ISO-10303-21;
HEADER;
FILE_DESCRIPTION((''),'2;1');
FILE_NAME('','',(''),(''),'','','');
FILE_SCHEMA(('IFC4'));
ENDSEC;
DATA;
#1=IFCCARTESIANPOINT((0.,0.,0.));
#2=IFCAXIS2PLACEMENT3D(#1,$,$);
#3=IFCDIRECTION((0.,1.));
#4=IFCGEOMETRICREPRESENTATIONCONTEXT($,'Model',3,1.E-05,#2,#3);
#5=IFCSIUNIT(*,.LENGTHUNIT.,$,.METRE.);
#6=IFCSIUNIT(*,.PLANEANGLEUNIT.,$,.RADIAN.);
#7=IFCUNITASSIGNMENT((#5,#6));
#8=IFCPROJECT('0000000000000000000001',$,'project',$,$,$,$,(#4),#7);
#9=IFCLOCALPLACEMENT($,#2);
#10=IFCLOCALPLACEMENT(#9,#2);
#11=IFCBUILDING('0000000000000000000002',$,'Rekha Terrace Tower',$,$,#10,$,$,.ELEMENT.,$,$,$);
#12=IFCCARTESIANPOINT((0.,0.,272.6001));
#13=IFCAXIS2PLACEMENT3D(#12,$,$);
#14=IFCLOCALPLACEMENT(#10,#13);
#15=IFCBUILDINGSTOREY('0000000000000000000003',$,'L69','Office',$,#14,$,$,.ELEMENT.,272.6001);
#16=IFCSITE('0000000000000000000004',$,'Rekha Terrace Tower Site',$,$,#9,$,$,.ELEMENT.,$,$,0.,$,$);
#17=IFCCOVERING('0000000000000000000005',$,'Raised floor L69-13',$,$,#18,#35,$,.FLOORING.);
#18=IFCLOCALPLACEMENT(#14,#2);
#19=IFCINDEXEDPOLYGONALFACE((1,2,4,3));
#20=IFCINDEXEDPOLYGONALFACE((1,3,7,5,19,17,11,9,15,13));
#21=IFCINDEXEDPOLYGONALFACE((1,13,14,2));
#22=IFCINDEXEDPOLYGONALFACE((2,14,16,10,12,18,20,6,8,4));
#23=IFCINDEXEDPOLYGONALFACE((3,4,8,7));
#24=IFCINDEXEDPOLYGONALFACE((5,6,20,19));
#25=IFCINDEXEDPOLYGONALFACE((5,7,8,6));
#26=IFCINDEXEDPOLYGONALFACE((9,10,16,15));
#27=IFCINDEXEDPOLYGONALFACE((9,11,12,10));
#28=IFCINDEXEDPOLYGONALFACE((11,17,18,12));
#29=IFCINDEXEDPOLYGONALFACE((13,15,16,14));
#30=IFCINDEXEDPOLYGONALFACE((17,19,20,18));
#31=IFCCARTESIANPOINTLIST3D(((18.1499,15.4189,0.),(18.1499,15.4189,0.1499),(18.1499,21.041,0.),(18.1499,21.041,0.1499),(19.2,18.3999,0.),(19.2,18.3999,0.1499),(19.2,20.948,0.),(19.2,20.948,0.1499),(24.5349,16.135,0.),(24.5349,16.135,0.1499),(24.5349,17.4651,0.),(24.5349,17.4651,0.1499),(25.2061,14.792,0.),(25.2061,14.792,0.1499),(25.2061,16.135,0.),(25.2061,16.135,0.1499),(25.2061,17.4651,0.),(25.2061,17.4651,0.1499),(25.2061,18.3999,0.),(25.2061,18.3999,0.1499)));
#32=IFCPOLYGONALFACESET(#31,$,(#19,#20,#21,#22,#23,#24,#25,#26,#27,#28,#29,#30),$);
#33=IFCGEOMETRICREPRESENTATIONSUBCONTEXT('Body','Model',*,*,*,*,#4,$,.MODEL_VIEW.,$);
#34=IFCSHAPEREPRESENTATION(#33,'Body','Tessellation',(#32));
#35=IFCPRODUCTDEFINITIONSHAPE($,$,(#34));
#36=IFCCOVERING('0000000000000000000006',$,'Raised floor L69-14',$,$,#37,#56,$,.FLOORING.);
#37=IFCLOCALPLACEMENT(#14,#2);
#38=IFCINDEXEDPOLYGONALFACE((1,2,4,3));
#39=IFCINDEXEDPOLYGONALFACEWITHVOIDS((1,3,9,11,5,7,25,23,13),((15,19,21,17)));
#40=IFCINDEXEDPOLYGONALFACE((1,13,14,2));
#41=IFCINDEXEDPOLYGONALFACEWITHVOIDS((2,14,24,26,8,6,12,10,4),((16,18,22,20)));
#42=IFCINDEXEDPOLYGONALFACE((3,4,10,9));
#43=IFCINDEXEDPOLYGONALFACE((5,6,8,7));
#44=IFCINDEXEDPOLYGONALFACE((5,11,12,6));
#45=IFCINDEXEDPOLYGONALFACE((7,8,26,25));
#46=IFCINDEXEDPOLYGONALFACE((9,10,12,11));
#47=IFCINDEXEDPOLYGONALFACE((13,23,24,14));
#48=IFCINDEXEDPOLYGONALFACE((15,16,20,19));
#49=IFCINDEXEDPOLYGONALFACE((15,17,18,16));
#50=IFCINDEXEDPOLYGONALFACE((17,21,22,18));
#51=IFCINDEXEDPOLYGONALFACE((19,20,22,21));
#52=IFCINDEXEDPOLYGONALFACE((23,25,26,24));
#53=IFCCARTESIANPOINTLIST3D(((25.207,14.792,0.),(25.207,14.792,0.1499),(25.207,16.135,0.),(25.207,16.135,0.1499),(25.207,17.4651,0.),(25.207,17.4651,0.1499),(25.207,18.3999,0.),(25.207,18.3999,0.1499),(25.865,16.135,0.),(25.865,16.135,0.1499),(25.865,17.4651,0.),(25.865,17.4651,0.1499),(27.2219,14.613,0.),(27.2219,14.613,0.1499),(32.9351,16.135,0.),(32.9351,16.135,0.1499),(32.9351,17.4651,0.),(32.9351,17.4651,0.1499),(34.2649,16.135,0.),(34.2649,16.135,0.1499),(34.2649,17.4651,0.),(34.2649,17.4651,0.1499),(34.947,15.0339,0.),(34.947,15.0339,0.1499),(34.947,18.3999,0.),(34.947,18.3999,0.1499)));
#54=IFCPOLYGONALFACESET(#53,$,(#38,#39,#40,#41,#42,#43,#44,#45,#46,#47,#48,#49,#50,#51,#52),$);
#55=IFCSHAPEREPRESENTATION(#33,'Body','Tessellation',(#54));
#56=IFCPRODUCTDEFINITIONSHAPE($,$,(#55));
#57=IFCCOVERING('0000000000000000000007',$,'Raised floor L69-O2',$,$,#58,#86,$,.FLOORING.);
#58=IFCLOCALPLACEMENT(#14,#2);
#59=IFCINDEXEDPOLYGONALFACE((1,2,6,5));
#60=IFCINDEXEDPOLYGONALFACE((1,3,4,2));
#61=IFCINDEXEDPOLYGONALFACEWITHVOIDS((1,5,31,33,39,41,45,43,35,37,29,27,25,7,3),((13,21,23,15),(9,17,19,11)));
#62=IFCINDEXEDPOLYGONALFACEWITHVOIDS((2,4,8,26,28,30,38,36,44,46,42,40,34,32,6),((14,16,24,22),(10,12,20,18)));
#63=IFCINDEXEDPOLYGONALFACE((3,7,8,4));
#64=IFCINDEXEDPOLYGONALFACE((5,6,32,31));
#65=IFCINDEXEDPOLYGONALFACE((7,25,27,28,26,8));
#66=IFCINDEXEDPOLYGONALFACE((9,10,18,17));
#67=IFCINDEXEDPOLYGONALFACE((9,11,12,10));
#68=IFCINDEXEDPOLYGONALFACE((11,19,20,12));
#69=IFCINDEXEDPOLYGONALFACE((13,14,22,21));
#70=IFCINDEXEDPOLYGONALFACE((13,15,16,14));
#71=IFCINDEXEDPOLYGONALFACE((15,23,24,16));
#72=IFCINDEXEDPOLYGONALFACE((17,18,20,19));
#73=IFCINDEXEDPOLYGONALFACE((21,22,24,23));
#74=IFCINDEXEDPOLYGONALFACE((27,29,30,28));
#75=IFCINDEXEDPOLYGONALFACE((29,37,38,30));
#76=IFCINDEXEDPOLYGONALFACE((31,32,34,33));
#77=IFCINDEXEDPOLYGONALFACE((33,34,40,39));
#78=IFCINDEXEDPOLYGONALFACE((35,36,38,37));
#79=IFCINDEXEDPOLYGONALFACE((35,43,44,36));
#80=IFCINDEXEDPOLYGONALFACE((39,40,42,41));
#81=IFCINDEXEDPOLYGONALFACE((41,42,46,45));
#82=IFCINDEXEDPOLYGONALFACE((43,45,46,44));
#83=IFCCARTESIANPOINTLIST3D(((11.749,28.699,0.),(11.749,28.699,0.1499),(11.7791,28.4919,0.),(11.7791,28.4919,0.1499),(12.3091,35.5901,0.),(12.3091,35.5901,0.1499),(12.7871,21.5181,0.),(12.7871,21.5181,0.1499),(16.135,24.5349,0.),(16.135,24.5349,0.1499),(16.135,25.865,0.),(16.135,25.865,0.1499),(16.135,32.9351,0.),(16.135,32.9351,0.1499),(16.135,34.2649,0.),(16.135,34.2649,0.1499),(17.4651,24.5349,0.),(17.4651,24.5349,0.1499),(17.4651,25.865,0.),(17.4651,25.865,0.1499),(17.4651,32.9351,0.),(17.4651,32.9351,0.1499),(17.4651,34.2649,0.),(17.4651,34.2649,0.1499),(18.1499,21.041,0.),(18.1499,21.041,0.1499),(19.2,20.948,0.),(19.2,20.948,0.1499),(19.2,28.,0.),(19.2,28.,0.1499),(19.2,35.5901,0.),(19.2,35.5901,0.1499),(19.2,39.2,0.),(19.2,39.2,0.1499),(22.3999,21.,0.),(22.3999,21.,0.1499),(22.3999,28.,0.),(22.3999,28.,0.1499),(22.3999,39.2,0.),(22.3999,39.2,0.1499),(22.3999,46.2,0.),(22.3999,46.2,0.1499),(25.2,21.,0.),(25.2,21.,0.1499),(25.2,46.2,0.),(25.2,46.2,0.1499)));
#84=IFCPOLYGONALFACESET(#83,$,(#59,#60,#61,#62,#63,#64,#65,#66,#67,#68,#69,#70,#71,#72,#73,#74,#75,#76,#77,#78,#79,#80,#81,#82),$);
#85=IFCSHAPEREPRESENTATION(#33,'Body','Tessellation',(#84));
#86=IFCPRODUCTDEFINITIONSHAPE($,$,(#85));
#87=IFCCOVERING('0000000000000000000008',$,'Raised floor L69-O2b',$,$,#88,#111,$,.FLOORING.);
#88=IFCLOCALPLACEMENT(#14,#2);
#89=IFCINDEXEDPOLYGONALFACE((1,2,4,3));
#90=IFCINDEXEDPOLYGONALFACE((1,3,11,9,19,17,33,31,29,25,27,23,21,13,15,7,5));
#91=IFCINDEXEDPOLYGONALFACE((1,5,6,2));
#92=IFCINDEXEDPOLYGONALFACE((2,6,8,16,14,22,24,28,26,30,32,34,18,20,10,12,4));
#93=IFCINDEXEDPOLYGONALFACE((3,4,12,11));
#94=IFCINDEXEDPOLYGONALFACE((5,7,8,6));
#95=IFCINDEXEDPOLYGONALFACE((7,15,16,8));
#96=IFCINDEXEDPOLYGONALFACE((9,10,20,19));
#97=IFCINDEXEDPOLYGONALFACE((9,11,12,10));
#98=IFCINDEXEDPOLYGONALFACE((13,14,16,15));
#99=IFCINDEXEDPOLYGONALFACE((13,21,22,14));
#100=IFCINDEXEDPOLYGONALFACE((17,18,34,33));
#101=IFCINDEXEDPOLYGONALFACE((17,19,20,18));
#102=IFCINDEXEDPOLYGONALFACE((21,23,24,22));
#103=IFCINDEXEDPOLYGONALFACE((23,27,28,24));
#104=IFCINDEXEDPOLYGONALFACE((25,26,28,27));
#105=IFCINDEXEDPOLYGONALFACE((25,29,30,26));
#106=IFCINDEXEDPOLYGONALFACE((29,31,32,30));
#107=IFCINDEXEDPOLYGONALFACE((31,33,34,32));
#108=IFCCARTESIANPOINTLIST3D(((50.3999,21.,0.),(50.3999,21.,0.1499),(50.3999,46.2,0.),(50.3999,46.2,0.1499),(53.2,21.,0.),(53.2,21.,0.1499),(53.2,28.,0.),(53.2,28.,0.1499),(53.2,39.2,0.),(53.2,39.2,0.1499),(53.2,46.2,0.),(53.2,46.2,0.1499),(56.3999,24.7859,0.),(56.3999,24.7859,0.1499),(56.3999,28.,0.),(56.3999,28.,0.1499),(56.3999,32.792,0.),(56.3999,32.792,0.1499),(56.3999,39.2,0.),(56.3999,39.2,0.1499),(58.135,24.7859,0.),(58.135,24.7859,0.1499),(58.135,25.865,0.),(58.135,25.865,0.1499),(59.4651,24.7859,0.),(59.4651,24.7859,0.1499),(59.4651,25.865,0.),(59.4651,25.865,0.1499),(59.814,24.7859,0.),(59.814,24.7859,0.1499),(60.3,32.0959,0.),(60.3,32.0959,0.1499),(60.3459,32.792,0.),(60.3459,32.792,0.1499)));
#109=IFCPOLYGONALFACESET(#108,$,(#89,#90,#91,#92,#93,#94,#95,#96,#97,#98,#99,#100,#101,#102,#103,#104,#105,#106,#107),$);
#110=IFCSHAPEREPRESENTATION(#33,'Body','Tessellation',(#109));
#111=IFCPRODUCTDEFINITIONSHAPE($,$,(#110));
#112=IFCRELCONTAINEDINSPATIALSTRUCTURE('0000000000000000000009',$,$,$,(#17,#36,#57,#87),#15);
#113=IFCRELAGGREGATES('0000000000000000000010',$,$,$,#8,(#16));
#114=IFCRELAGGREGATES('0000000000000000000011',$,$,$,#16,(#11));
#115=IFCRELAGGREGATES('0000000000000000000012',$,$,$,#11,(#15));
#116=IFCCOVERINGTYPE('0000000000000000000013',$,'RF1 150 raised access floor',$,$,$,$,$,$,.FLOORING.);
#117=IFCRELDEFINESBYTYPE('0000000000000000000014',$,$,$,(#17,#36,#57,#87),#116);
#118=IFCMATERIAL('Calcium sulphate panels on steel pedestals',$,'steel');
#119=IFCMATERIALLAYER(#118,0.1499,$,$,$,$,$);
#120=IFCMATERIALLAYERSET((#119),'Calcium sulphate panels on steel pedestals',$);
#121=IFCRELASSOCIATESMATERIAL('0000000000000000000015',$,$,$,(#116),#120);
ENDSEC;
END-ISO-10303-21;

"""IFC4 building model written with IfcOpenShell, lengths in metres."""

from ifc_helpers import new_model, si_unit, direction, frame, origin, place, context, subcontext, project, spatial, polyline, outline, extrude, material, layer, layer_set, type_object, element, save


model = new_model("IFC4")

# Units and contexts
model_context = context("Model", 3, precision=1e-05, world=origin(), true_north=direction((0.0, 1.0)))
body_context = subcontext(model_context, "Body", "Model", "MODEL_VIEW")
ifc_project = project(units=[si_unit("LENGTHUNIT", "METRE"), si_unit("PLANEANGLEUNIT", "RADIAN")], contexts=[model_context])

# Site, building, storey
site_placement = place(None, origin())
site = spatial("IfcSite", under=ifc_project, at=site_placement, Name="Rekha Terrace Tower Site", CompositionType="ELEMENT", RefElevation=0.0)
building_placement = place(site_placement, origin())
building = spatial("IfcBuilding", under=site, at=building_placement, Name="Rekha Terrace Tower", CompositionType="ELEMENT")
storey_placement = place(building_placement, frame((0.0, 0.0, 272.6001)))
storey = spatial("IfcBuildingStorey", under=building, at=storey_placement, Name="L69", Description="Office", CompositionType="ELEMENT", Elevation=272.6001)

# Coverings
ifc_material_1 = material(Name="Calcium sulphate panels on steel pedestals", Category="steel")
ifc_layer_1 = layer(ifc_material_1, 0.1499)
ifc_layer_set_1 = layer_set([ifc_layer_1], Name="Calcium sulphate panels on steel pedestals")
covering_type_1 = type_object("IfcCoveringType", Name="RF1 150 raised access floor", PredefinedType="FLOORING", material=ifc_layer_set_1)
covering_1_placement = place(storey_placement, origin())
element("IfcCovering", 1, at=covering_1_placement, inside=storey, type_object=covering_type_1, Name="Raised floor L69-13", PredefinedType="FLOORING", context=body_context, shape_type="SweptSolid", body=[
    extrude(outline(polyline([(19.2, 18.3999), (19.2, 20.948), (18.1499, 21.041), (18.1499, 15.4189), (25.2061, 14.792), (25.2061, 16.135), (24.5349, 16.135), (24.5349, 17.4651), (25.2061, 17.4651), (25.2061, 18.3999), (19.2, 18.3999)])), origin(), (0.0, 0.0, 1.0), 0.1499),
])
covering_2_placement = place(storey_placement, origin())
element("IfcCovering", 2, at=covering_2_placement, inside=storey, type_object=covering_type_1, Name="Raised floor L69-14", PredefinedType="FLOORING", context=body_context, shape_type="SweptSolid", body=[
    extrude(outline(polyline([(34.947, 15.0339), (34.947, 18.3999), (25.207, 18.3999), (25.207, 17.4651), (25.865, 17.4651), (25.865, 16.135), (25.207, 16.135), (25.207, 14.792), (27.2219, 14.613), (34.947, 15.0339)]), holes=[polyline([(34.2649, 16.135), (32.9351, 16.135), (32.9351, 17.4651), (34.2649, 17.4651), (34.2649, 16.135)])]), origin(), (0.0, 0.0, 1.0), 0.1499),
])
covering_3_placement = place(storey_placement, origin())
element("IfcCovering", 3, at=covering_3_placement, inside=storey, type_object=covering_type_1, Name="Raised floor L69-O2", PredefinedType="FLOORING", context=body_context, shape_type="SweptSolid", body=[
    extrude(outline(polyline([(11.749, 28.699), (11.7791, 28.4919), (12.7871, 21.5181), (18.1499, 21.041), (19.2, 20.948), (19.2, 28.0), (22.3999, 28.0), (22.3999, 21.0), (25.2, 21.0), (25.2, 46.2), (22.3999, 46.2), (22.3999, 39.2), (19.2, 39.2), (19.2, 35.5901), (12.3091, 35.5901), (11.749, 28.699)]), holes=[polyline([(17.4651, 25.865), (17.4651, 24.5349), (16.135, 24.5349), (16.135, 25.865), (17.4651, 25.865)]), polyline([(17.4651, 34.2649), (17.4651, 32.9351), (16.135, 32.9351), (16.135, 34.2649), (17.4651, 34.2649)])]), origin(), (0.0, 0.0, 1.0), 0.1499),
])
covering_4_placement = place(storey_placement, origin())
element("IfcCovering", 4, at=covering_4_placement, inside=storey, type_object=covering_type_1, Name="Raised floor L69-O2b", PredefinedType="FLOORING", context=body_context, shape_type="SweptSolid", body=[
    extrude(outline(polyline([(50.3999, 21.0), (53.2, 21.0), (53.2, 28.0), (56.3999, 28.0), (56.3999, 24.7859), (58.135, 24.7859), (58.135, 25.865), (59.4651, 25.865), (59.4651, 24.7859), (59.814, 24.7859), (60.3, 32.0959), (60.3459, 32.792), (56.3999, 32.792), (56.3999, 39.2), (53.2, 39.2), (53.2, 46.2), (50.3999, 46.2), (50.3999, 21.0)])), origin(), (0.0, 0.0, 1.0), 0.1499),
])

save(model, "model.ifc")
